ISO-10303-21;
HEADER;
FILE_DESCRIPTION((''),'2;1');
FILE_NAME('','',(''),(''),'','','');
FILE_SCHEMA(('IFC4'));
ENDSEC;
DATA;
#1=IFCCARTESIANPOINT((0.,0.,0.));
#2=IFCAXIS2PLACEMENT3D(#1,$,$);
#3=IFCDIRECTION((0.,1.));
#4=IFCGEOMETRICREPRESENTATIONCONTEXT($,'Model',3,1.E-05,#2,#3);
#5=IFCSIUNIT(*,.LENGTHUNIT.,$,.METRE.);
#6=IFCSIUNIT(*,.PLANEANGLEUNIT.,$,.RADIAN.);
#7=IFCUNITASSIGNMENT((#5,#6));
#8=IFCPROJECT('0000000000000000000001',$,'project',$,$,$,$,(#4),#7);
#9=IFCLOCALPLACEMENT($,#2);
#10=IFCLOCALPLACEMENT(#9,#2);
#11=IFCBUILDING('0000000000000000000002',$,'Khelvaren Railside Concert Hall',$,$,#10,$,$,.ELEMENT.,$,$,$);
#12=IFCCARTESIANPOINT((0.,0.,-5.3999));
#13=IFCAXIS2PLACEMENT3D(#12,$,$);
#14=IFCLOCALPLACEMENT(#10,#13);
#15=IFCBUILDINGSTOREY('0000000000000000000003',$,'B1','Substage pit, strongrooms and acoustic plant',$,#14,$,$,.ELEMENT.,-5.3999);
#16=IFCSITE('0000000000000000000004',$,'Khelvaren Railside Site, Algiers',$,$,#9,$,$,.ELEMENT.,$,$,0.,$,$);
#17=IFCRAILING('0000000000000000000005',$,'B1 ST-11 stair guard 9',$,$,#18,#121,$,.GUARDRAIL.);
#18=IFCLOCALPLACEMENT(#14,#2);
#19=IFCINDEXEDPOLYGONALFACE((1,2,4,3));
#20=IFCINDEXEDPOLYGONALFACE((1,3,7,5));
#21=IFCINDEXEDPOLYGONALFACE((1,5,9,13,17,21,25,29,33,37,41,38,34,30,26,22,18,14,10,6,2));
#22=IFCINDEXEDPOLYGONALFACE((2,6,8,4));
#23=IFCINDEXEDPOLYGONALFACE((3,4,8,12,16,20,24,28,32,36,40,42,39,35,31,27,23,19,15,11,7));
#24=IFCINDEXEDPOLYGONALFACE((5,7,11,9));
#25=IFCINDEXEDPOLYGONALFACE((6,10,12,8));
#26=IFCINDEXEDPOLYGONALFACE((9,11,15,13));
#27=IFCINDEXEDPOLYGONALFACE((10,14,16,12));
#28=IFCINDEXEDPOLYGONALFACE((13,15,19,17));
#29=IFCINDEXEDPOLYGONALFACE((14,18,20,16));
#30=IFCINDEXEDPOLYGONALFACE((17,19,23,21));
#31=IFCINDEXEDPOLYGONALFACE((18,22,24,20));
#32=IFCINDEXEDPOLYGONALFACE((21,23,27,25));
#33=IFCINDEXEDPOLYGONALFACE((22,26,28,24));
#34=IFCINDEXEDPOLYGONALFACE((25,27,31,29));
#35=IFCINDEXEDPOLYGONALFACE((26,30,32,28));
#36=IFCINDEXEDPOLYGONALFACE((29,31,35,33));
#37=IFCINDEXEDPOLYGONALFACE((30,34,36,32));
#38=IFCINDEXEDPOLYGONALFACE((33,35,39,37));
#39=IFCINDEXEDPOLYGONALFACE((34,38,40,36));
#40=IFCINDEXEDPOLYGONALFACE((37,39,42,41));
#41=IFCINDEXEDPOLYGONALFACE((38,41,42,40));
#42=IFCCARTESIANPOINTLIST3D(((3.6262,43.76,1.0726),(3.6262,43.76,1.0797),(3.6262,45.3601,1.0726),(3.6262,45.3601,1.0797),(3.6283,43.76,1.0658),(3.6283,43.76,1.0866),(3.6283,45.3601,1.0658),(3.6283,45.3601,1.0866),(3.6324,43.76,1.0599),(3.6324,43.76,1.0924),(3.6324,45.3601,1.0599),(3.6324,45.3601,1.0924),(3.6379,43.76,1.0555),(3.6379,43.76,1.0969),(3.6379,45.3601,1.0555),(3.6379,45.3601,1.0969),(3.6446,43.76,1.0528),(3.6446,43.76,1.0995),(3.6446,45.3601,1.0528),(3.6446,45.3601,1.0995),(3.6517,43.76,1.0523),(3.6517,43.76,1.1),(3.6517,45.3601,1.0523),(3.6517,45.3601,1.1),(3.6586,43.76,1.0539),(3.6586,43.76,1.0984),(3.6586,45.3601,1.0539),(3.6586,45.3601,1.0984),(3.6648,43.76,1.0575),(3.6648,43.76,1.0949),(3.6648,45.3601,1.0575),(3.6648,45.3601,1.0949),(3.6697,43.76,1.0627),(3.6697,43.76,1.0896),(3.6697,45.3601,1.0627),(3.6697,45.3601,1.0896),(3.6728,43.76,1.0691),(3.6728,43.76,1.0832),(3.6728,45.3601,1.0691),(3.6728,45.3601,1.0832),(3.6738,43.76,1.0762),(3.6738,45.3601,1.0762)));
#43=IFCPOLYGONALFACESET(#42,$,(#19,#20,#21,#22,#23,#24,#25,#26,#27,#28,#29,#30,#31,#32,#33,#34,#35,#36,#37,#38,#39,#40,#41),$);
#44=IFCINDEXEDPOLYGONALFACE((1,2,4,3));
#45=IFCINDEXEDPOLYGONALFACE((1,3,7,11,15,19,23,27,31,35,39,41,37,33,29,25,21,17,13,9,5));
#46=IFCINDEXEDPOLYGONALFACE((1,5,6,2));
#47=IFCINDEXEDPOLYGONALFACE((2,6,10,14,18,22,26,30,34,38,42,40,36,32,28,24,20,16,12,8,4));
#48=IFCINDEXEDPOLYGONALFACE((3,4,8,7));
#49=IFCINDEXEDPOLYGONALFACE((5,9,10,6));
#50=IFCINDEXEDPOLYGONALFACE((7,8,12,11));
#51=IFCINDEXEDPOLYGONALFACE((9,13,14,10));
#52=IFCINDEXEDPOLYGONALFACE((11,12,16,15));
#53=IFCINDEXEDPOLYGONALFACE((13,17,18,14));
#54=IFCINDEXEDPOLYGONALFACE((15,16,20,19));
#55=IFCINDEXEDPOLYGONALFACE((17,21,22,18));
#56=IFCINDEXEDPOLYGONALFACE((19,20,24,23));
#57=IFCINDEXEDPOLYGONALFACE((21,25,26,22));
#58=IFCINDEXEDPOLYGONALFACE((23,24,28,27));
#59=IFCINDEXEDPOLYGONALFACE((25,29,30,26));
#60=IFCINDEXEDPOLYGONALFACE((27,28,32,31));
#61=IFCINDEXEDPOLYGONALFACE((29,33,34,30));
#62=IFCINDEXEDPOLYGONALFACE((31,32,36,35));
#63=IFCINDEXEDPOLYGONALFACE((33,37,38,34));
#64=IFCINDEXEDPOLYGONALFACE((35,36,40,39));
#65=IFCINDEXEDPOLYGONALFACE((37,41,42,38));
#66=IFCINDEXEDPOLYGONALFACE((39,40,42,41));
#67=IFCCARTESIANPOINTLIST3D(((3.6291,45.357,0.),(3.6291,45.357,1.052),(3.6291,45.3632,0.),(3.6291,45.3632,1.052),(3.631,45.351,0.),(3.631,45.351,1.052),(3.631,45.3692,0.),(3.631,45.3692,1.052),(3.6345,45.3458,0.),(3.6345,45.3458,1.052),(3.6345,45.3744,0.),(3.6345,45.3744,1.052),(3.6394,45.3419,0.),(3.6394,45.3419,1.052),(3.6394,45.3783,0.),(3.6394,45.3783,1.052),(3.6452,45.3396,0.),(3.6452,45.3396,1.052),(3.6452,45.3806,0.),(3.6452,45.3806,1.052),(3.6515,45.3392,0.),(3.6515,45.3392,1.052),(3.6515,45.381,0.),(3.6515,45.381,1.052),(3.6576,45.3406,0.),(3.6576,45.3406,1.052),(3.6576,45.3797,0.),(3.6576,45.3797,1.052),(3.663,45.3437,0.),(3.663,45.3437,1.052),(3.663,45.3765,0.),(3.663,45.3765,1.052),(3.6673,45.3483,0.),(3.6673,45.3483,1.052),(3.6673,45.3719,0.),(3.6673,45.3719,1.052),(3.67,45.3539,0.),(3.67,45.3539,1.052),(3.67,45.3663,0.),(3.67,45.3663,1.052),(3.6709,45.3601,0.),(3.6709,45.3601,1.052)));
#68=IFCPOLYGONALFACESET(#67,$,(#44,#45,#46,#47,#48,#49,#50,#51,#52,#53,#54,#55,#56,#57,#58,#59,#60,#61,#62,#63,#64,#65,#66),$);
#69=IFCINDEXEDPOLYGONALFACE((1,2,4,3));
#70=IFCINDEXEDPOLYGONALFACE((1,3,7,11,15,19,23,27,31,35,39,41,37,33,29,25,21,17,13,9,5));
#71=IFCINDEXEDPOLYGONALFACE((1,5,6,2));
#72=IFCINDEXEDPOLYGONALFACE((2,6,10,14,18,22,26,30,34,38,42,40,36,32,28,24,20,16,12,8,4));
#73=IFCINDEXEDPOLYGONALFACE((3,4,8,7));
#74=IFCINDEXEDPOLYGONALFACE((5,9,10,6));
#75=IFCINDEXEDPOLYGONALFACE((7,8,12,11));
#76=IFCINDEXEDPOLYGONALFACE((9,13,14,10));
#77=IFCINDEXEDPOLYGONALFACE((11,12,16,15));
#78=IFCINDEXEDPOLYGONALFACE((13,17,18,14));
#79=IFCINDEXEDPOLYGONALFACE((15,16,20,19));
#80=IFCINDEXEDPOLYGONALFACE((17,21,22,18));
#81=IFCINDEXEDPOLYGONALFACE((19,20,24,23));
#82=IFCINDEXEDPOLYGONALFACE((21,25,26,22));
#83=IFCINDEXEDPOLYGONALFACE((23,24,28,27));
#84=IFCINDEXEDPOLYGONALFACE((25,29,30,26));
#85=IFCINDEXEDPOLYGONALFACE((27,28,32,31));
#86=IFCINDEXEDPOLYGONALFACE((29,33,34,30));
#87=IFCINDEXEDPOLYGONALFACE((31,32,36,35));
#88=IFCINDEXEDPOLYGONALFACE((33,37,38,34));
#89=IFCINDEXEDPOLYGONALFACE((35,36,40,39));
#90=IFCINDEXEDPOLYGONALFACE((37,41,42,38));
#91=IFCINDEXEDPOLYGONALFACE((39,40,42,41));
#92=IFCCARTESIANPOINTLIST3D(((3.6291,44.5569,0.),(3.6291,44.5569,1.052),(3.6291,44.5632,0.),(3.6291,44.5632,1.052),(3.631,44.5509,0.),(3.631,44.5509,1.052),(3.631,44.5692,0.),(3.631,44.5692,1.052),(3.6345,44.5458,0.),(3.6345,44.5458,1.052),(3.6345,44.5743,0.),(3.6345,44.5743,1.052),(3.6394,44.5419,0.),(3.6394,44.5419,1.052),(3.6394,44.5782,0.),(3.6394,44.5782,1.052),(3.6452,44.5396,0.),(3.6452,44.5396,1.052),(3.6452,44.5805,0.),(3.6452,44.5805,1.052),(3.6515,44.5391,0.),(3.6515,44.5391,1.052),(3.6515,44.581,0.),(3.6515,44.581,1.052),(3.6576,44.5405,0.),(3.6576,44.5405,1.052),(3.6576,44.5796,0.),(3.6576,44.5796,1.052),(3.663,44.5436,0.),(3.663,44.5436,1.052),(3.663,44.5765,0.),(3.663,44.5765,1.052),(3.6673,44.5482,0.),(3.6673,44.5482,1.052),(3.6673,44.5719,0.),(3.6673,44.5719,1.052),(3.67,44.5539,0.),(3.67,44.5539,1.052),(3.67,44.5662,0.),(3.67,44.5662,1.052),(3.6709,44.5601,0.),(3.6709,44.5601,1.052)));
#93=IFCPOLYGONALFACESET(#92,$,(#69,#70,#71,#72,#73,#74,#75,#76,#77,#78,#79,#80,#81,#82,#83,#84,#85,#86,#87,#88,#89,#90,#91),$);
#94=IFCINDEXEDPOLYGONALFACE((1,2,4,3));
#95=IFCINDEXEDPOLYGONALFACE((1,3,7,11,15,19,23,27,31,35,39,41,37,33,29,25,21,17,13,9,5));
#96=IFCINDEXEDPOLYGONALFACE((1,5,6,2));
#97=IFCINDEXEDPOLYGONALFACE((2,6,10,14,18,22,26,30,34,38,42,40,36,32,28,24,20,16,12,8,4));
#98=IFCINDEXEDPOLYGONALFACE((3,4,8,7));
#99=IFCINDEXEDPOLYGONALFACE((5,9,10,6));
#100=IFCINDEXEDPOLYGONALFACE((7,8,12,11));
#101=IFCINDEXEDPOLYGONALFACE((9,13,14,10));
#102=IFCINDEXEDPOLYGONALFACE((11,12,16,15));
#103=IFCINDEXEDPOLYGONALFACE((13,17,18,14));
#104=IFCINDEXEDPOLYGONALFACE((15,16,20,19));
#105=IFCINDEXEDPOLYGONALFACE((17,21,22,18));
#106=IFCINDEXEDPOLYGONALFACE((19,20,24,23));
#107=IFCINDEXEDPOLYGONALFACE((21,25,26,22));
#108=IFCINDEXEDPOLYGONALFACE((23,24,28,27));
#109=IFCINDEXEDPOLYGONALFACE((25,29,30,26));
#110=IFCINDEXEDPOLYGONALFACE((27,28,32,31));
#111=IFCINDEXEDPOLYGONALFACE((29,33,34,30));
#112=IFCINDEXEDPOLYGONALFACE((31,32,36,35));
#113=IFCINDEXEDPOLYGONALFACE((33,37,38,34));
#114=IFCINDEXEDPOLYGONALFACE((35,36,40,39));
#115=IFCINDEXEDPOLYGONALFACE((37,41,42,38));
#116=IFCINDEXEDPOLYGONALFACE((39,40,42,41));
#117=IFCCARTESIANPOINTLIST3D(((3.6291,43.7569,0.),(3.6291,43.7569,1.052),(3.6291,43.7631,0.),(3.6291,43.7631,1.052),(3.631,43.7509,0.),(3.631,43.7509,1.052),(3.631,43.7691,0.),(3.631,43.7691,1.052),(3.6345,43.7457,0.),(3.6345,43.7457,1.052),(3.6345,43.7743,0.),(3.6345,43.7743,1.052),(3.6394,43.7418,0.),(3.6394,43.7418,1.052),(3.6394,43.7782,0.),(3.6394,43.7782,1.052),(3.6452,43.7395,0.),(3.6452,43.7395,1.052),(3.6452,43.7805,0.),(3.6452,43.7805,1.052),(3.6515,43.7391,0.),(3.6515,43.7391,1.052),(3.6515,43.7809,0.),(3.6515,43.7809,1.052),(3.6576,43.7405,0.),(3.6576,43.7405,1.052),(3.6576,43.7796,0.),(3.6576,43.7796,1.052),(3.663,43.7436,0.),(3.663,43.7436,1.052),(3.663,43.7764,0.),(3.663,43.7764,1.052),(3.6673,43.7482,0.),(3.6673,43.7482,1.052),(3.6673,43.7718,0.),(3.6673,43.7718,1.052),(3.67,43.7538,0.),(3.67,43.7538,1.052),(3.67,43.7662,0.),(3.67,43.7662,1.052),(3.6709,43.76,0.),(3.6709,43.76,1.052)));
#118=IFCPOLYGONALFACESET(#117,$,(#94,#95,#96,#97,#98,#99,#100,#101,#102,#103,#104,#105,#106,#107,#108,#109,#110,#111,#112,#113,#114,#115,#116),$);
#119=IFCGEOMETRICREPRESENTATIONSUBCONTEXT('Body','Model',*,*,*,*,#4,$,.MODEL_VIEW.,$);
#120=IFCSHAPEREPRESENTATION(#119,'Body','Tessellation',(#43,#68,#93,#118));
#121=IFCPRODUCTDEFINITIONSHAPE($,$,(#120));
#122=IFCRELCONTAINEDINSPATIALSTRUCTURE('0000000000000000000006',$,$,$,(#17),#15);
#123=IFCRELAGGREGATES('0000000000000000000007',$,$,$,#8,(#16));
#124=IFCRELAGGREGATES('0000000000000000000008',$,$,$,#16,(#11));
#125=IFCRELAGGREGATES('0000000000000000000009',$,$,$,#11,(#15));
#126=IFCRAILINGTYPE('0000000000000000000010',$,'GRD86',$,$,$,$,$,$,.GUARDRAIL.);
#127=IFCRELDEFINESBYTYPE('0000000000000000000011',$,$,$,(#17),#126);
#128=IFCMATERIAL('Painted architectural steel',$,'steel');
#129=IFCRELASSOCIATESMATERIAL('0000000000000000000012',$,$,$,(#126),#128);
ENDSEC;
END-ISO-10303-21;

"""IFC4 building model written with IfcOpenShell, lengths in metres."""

from ifc_helpers import new_model, si_unit, direction, frame, origin, origin_2d, place, context, subcontext, project, spatial, circle, extrude, material, type_object, element, save


model = new_model("IFC4")

# Units and contexts
model_context = context("Model", 3, precision=1e-05, world=origin(), true_north=direction((0.0, 1.0)))
body_context = subcontext(model_context, "Body", "Model", "MODEL_VIEW")
ifc_project = project(units=[si_unit("LENGTHUNIT", "METRE"), si_unit("PLANEANGLEUNIT", "RADIAN")], contexts=[model_context])

# Site, building, storey
site_placement = place(None, origin())
site = spatial("IfcSite", under=ifc_project, at=site_placement, Name="Khelvaren Railside Site, Algiers", CompositionType="ELEMENT", RefElevation=0.0)
building_placement = place(site_placement, origin())
building = spatial("IfcBuilding", under=site, at=building_placement, Name="Khelvaren Railside Concert Hall", CompositionType="ELEMENT")
storey_placement = place(building_placement, frame((0.0, 0.0, -5.3999)))
storey = spatial("IfcBuildingStorey", under=building, at=storey_placement, Name="B1", Description="Substage pit, strongrooms and acoustic plant", CompositionType="ELEMENT", Elevation=-5.3999)

# Railing
ifc_material_1 = material(Name="Painted architectural steel", Category="steel")
railing_type_1 = type_object("IfcRailingType", Name="GRD86", PredefinedType="GUARDRAIL", material=ifc_material_1)
for number, where, name in (
    (1, (3.6499, 45.3601, 0.0), "B1 ST-11 stair guard 9"),
):
    element("IfcRailing", number, at=place(storey_placement, frame(where)), inside=storey, type_object=railing_type_1, Name=name, PredefinedType="GUARDRAIL", context=body_context, shape_type="SweptSolid", body=[
        extrude(circle(Radius=0.0239, at=origin_2d()), frame((0.0, 0.0, 1.0762), z_axis=(0.0, -1.0, 0.0), x_axis=(1.0, 0.0, 0.0)), (0.0, 0.0, 1.0), 1.6001),
        extrude(circle(Radius=0.021, at=origin_2d()), origin(), (0.0, 0.0, 1.0), 1.052),
        extrude(circle(Radius=0.021, at=origin_2d()), frame((0.0, -0.8, 0.0)), (0.0, 0.0, 1.0), 1.052),
        extrude(circle(Radius=0.021, at=origin_2d()), frame((0.0, -1.6001, 0.0)), (0.0, 0.0, 1.0), 1.052),
    ])

save(model, "model.ifc")
